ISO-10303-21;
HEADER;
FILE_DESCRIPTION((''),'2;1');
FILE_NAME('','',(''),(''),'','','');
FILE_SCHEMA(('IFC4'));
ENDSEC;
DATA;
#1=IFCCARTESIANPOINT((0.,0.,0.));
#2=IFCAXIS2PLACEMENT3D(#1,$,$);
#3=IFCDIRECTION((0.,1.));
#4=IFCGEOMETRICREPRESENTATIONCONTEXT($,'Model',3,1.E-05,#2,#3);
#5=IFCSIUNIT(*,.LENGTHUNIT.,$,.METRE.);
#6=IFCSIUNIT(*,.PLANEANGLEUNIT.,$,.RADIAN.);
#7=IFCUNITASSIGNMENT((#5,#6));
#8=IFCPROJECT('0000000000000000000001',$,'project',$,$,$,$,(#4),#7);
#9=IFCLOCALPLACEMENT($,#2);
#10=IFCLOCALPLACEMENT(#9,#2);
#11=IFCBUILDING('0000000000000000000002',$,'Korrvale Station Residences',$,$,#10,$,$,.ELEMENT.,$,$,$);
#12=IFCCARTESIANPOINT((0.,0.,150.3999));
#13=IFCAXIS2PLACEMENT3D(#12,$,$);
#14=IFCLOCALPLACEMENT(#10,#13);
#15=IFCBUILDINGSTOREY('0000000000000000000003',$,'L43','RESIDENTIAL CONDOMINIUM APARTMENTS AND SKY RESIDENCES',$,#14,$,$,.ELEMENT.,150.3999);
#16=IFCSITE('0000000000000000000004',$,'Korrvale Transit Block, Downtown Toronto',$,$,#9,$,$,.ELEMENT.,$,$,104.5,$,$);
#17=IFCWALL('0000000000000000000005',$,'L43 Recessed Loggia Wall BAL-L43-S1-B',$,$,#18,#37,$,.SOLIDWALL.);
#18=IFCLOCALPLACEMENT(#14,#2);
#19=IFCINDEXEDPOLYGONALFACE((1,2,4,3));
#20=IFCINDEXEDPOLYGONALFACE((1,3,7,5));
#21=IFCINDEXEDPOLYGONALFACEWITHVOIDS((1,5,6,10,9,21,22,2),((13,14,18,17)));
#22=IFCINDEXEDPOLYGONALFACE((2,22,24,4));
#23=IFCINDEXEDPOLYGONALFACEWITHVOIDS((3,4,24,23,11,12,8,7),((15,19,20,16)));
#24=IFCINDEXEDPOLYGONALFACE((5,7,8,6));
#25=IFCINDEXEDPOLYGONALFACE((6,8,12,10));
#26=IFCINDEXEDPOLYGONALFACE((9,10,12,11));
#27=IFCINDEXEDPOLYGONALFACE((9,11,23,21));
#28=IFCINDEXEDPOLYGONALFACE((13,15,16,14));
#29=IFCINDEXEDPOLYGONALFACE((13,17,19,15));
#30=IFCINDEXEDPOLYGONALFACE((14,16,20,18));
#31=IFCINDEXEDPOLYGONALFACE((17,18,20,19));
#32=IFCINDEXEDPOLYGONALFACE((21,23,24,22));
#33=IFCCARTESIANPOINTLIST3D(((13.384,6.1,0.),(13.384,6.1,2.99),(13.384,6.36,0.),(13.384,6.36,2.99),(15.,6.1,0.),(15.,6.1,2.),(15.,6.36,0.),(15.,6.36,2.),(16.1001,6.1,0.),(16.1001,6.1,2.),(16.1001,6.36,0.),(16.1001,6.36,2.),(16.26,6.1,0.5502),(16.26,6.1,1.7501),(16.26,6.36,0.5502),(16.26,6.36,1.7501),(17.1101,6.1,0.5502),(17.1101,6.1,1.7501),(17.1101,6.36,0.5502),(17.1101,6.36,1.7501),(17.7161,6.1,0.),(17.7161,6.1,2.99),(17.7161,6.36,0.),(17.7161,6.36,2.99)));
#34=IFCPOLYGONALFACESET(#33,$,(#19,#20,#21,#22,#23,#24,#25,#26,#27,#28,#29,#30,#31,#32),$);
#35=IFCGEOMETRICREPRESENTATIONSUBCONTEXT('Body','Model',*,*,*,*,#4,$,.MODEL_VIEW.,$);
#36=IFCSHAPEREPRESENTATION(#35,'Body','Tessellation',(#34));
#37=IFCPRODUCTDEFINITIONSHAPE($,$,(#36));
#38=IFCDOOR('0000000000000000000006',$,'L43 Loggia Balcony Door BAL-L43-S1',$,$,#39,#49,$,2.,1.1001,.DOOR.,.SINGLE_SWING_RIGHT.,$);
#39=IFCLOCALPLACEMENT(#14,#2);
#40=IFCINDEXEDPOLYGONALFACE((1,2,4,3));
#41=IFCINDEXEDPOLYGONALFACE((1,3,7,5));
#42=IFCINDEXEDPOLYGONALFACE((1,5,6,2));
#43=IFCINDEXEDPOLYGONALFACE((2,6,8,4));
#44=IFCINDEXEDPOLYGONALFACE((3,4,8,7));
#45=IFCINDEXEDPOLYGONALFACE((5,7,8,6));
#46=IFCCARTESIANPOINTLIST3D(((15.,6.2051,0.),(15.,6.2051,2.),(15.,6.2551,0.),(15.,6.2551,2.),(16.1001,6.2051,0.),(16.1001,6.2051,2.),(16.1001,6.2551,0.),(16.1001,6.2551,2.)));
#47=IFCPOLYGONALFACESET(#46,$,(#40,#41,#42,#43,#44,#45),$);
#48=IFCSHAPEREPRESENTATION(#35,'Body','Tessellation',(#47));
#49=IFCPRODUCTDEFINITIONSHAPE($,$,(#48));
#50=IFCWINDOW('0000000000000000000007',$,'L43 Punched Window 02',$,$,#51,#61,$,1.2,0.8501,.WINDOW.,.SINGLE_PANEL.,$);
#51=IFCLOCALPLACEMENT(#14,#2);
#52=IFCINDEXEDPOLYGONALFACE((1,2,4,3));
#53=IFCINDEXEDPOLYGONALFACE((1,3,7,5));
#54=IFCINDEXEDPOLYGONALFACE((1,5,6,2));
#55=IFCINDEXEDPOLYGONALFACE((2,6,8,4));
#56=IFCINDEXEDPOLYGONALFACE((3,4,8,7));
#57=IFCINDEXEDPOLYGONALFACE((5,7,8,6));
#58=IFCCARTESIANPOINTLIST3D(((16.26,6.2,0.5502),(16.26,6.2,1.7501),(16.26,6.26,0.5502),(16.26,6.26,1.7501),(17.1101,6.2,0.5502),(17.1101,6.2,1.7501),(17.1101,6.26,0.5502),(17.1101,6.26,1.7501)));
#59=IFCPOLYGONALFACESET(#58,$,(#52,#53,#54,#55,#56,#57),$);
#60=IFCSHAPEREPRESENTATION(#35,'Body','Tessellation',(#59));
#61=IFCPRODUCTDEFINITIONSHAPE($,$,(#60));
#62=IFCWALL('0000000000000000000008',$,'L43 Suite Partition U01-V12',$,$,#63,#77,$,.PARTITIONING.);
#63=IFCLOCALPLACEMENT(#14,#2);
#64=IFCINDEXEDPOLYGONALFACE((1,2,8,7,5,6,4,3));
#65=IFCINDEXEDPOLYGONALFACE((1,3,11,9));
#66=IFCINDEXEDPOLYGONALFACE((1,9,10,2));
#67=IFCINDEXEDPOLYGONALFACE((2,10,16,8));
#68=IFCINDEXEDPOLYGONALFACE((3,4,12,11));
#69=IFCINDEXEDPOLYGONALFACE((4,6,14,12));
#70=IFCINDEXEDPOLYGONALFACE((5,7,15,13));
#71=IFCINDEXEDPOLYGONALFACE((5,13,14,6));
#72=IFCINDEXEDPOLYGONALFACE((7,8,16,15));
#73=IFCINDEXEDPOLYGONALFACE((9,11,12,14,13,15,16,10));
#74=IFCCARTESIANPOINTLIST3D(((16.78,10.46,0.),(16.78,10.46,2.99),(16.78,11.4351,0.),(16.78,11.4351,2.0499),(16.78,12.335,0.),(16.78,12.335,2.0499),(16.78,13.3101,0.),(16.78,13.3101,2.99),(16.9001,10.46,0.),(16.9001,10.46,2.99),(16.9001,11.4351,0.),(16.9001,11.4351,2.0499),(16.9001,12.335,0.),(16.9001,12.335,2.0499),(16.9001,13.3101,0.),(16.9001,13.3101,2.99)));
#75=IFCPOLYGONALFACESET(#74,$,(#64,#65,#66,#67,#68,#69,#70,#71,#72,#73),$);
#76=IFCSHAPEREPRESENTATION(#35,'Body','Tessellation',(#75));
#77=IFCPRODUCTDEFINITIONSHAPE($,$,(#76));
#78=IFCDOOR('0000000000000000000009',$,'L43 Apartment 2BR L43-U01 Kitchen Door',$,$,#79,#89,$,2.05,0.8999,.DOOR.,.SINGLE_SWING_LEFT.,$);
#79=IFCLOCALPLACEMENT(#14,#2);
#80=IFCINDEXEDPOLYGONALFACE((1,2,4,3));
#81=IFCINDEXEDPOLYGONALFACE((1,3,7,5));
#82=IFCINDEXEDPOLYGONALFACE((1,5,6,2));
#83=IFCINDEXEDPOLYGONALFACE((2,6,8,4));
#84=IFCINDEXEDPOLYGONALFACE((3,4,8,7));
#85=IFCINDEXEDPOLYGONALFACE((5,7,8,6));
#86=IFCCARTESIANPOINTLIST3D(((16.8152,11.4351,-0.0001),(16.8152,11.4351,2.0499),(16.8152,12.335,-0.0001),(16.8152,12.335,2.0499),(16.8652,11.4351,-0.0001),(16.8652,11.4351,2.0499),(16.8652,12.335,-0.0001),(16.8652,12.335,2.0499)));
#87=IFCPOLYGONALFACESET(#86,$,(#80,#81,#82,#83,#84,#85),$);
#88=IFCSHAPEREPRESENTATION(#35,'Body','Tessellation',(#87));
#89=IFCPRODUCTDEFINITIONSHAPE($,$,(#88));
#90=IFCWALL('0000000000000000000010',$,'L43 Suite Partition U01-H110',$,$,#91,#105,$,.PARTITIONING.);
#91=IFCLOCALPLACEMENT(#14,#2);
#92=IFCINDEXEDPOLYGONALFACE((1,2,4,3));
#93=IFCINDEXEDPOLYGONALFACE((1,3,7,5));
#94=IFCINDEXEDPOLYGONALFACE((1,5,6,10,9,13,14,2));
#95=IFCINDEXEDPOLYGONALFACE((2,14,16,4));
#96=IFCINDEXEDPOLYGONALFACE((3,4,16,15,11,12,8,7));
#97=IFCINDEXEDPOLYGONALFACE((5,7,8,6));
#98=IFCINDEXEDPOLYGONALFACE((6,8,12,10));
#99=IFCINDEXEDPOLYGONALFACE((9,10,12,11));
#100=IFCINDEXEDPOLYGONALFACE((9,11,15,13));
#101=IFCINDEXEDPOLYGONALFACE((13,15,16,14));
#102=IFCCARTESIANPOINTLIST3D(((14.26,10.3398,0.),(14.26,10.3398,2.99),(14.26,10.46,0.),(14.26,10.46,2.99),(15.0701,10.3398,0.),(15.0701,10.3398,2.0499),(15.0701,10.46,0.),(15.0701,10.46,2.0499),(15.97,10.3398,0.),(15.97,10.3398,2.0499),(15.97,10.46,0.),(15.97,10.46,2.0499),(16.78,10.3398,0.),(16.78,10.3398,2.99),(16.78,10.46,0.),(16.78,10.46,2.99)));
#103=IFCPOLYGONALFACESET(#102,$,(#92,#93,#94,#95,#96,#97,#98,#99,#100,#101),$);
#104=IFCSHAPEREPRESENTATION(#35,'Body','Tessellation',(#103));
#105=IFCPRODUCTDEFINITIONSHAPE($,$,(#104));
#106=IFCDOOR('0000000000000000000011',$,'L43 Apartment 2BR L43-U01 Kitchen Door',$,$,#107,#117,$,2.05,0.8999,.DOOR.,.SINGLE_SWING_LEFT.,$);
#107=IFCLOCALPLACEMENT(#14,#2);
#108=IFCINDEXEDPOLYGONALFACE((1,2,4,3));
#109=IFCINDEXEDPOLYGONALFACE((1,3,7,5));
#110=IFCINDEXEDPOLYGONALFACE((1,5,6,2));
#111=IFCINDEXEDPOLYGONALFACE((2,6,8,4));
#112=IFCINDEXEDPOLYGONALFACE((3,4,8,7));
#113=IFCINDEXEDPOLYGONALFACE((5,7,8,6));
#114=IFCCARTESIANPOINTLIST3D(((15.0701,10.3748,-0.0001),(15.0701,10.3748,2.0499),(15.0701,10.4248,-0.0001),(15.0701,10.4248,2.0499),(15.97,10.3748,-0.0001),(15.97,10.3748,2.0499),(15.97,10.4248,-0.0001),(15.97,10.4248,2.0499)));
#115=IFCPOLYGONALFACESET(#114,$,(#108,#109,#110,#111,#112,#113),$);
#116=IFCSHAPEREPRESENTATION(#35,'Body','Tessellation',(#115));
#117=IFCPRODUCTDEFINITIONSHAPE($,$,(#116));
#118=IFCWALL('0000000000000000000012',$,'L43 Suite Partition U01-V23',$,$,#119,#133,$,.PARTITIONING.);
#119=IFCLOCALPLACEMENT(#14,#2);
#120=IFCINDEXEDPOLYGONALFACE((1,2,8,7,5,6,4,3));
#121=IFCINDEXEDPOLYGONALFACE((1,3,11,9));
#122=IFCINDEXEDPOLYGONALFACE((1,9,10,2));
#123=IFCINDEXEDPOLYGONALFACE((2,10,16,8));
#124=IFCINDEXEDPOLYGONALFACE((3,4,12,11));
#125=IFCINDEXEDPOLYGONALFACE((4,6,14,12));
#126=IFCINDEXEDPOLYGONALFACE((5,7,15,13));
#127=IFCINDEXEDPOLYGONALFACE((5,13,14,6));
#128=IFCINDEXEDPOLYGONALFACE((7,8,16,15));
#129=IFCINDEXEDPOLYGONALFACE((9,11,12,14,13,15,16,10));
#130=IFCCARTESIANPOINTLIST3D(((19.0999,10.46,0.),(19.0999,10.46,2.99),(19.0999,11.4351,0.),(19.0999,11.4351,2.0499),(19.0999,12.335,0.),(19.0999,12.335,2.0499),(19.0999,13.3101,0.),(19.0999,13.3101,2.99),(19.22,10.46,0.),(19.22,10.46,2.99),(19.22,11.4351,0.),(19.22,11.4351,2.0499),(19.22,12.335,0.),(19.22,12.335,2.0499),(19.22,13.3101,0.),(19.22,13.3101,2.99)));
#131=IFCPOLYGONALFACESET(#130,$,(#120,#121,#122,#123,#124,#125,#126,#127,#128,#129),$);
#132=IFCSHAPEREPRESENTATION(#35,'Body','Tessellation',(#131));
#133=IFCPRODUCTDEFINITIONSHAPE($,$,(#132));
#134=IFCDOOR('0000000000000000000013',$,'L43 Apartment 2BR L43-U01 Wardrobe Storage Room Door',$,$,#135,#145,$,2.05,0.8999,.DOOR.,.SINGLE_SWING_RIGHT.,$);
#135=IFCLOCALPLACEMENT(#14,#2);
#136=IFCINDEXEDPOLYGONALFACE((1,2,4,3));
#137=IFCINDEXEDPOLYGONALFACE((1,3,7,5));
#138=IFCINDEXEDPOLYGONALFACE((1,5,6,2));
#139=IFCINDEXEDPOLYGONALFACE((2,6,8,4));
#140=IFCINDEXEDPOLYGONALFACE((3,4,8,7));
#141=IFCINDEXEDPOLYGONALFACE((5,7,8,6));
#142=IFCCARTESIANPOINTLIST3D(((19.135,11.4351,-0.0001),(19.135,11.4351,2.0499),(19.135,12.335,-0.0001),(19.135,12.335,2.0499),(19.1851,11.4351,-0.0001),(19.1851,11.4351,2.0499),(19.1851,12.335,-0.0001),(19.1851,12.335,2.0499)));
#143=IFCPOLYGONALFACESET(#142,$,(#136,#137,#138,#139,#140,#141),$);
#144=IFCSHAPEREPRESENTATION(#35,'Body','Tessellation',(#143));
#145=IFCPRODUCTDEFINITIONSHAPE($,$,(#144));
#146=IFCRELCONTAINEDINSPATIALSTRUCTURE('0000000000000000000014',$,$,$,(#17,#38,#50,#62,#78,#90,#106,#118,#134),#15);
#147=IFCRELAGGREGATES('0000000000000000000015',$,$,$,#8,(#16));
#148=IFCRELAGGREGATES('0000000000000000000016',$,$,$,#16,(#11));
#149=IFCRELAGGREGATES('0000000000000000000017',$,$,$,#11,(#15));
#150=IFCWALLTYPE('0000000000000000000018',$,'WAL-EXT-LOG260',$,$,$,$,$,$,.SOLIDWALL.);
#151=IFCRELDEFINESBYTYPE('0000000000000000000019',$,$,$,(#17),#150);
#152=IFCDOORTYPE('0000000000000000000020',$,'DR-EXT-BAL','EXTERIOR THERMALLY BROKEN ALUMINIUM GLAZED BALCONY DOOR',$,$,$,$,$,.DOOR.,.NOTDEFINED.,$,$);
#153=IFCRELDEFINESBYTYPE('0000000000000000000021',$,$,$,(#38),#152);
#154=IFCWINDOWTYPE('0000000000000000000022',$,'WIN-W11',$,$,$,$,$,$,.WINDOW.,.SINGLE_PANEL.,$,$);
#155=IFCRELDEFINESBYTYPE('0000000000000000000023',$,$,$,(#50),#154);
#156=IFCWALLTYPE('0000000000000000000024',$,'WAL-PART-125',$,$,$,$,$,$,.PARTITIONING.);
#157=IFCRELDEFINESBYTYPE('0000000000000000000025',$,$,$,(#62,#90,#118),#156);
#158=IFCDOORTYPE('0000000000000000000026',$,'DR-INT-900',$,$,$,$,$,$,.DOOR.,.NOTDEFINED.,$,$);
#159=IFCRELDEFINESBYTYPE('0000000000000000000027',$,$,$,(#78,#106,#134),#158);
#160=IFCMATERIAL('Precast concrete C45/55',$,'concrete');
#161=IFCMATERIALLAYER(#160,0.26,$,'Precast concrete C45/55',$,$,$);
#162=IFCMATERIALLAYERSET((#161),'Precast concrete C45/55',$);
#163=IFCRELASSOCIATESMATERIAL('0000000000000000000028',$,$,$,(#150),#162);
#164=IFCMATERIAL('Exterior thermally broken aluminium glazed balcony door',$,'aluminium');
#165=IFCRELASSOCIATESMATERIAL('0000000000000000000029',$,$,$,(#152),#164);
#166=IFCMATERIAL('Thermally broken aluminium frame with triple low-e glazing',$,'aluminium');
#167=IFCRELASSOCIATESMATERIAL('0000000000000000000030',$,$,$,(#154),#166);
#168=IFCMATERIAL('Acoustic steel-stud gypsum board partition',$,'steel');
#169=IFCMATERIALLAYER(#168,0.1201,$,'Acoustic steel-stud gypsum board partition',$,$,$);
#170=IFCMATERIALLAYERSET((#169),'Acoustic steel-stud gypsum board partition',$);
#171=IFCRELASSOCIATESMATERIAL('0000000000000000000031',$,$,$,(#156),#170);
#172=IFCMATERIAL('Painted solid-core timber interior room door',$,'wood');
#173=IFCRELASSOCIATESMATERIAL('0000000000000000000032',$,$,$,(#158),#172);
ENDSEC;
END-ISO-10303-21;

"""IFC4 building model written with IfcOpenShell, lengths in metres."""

from ifc_helpers import new_model, si_unit, direction, frame, frame_2d, origin, place, context, subcontext, project, spatial, rectangle, extrude, material, layer, layer_set, type_object, element, fill, save


model = new_model("IFC4")

# Units and contexts
model_context = context("Model", 3, precision=1e-05, world=origin(), true_north=direction((0.0, 1.0)))
body_context = subcontext(model_context, "Body", "Model", "MODEL_VIEW")
ifc_project = project(units=[si_unit("LENGTHUNIT", "METRE"), si_unit("PLANEANGLEUNIT", "RADIAN")], contexts=[model_context])

# Site, building, storey
site_placement = place(None, origin())
site = spatial("IfcSite", under=ifc_project, at=site_placement, Name="Korrvale Transit Block, Downtown Toronto", CompositionType="ELEMENT", RefElevation=104.5)
building_placement = place(site_placement, origin())
building = spatial("IfcBuilding", under=site, at=building_placement, Name="Korrvale Station Residences", CompositionType="ELEMENT")
storey_placement = place(building_placement, frame((0.0, 0.0, 150.3999)))
storey = spatial("IfcBuildingStorey", under=building, at=storey_placement, Name="L43", Description="RESIDENTIAL CONDOMINIUM APARTMENTS AND SKY RESIDENCES", CompositionType="ELEMENT", Elevation=150.3999)

# Shared definitions
ifc_material_1 = material(Name="Precast concrete C45/55", Category="concrete")
ifc_layer_1 = layer(ifc_material_1, 0.26, Name="Precast concrete C45/55")
ifc_layer_set_1 = layer_set([ifc_layer_1], Name="Precast concrete C45/55")
wall_type_1 = type_object("IfcWallType", Name="WAL-EXT-LOG260", PredefinedType="SOLIDWALL", material=ifc_layer_set_1)

# Wall, openings, door, window
wall_1_placement = place(storey_placement, frame((17.7161, 6.23, 0.0), z_axis=(0.0, 0.0, 1.0), x_axis=(-1.0, 0.0, 0.0)))
wall_1 = element("IfcWall", 1, at=wall_1_placement, inside=storey, type_object=wall_type_1, Name="L43 Recessed Loggia Wall BAL-L43-S1-B", PredefinedType="SOLIDWALL", context=body_context, shape_type="SweptSolid", body=[
    extrude(rectangle(XDim=4.332, YDim=0.26, at=frame_2d((2.166, 0.0))), origin(), (0.0, 0.0, 1.0), 2.99),
])
opening_1_placement = place(wall_1_placement, frame((1.616, 0.0, 0.0)))
opening_1 = element("IfcOpeningElement", 2, at=opening_1_placement, cuts=wall_1, PredefinedType="OPENING", context=body_context, shape_type="SweptSolid", body=[
    extrude(rectangle(XDim=1.1001, YDim=2.0, at=frame_2d((0.55, 1.0))), frame((0.0, 0.1401, 0.0), z_axis=(0.0, -1.0, 0.0), x_axis=(1.0, 0.0, 0.0)), (0.0, 0.0, 1.0), 0.28),
])
opening_2_placement = place(wall_1_placement, frame((0.606, 0.0, 0.55)))
opening_2 = element("IfcOpeningElement", 3, at=opening_2_placement, cuts=wall_1, PredefinedType="OPENING", context=body_context, shape_type="SweptSolid", body=[
    extrude(rectangle(XDim=0.8501, YDim=1.2, at=frame_2d((0.425, 0.6001))), frame((0.0, 0.1401, 0.0), z_axis=(0.0, -1.0, 0.0), x_axis=(1.0, 0.0, 0.0)), (0.0, 0.0, 1.0), 0.28),
])
ifc_material_2 = material(Name="Exterior thermally broken aluminium glazed balcony door", Category="aluminium")
door_type_1 = type_object("IfcDoorType", Name="DR-EXT-BAL", Description="EXTERIOR THERMALLY BROKEN ALUMINIUM GLAZED BALCONY DOOR", OperationType="NOTDEFINED", PredefinedType="DOOR", material=ifc_material_2)
door_1_placement = place(opening_1_placement, origin())
door_1 = element("IfcDoor", 4, at=door_1_placement, inside=storey, type_object=door_type_1, Name="L43 Loggia Balcony Door BAL-L43-S1", OperationType="SINGLE_SWING_RIGHT", OverallHeight=2.0, OverallWidth=1.1001, PredefinedType="DOOR", context=body_context, shape_type="SweptSolid", body=[
    extrude(rectangle(XDim=1.1001, YDim=2.0, at=frame_2d((0.55, 1.0))), frame((0.0, 0.0249, 0.0), z_axis=(0.0, -1.0, 0.0), x_axis=(1.0, 0.0, 0.0)), (0.0, 0.0, 1.0), 0.05),
])
fill(opening_1, door_1)
ifc_material_3 = material(Name="Thermally broken aluminium frame with triple low-e glazing", Category="aluminium")
window_type = type_object("IfcWindowType", Name="WIN-W11", PartitioningType="SINGLE_PANEL", PredefinedType="WINDOW", material=ifc_material_3)
window_placement = place(opening_2_placement, origin())
window = element("IfcWindow", 5, at=window_placement, inside=storey, type_object=window_type, Name="L43 Punched Window 02", OverallHeight=1.2, OverallWidth=0.8501, PartitioningType="SINGLE_PANEL", PredefinedType="WINDOW", context=body_context, shape_type="SweptSolid", body=[
    extrude(rectangle(XDim=0.8501, YDim=1.2, at=frame_2d((0.425, 0.6001))), frame((0.0, 0.03, 0.0), z_axis=(0.0, -1.0, 0.0), x_axis=(1.0, 0.0, 0.0)), (0.0, 0.0, 1.0), 0.0601),
])
fill(opening_2, window)

# Walls, openings, doors
ifc_material_4 = material(Name="Acoustic steel-stud gypsum board partition", Category="steel")
ifc_layer_2 = layer(ifc_material_4, 0.1201, Name="Acoustic steel-stud gypsum board partition")
ifc_layer_set_2 = layer_set([ifc_layer_2], Name="Acoustic steel-stud gypsum board partition")
wall_type_2 = type_object("IfcWallType", Name="WAL-PART-125", PredefinedType="PARTITIONING", material=ifc_layer_set_2)
wall_2_placement = place(storey_placement, frame((16.8401, 10.46, 0.0), z_axis=(0.0, 0.0, 1.0), x_axis=(0.0, 1.0, 0.0)))
wall_2 = element("IfcWall", 6, at=wall_2_placement, inside=storey, type_object=wall_type_2, Name="L43 Suite Partition U01-V12", PredefinedType="PARTITIONING", context=body_context, shape_type="SweptSolid", body=[
    extrude(rectangle(XDim=2.8501, YDim=0.1201, at=frame_2d((1.425, 0.0))), origin(), (0.0, 0.0, 1.0), 2.99),
])
opening_3_placement = place(wall_2_placement, frame((0.9751, 0.0, 0.0)))
opening_3 = element("IfcOpeningElement", 7, at=opening_3_placement, cuts=wall_2, PredefinedType="OPENING", context=body_context, shape_type="SweptSolid", body=[
    extrude(rectangle(XDim=0.8999, YDim=2.05, at=frame_2d((0.45, 1.0249))), frame((0.0, 0.0701, 0.0), z_axis=(0.0, -1.0, 0.0), x_axis=(1.0, 0.0, 0.0)), (0.0, 0.0, 1.0), 0.1401),
])
ifc_material_5 = material(Name="Painted solid-core timber interior room door", Category="wood")
door_type_2 = type_object("IfcDoorType", Name="DR-INT-900", OperationType="NOTDEFINED", PredefinedType="DOOR", material=ifc_material_5)
door_2_placement = place(opening_3_placement, origin())
door_2 = element("IfcDoor", 8, at=door_2_placement, inside=storey, type_object=door_type_2, Name="L43 Apartment 2BR L43-U01 Kitchen Door", OperationType="SINGLE_SWING_LEFT", OverallHeight=2.05, OverallWidth=0.8999, PredefinedType="DOOR", context=body_context, shape_type="SweptSolid", body=[
    extrude(rectangle(XDim=0.8999, YDim=2.05, at=frame_2d((0.45, 1.0249))), frame((0.0, 0.0249, 0.0), z_axis=(0.0, -1.0, 0.0), x_axis=(1.0, 0.0, 0.0)), (0.0, 0.0, 1.0), 0.05),
])
fill(opening_3, door_2)
wall_3_placement = place(storey_placement, frame((14.26, 10.3999, 0.0), z_axis=(0.0, 0.0, 1.0), x_axis=(1.0, 0.0, 0.0)))
wall_3 = element("IfcWall", 9, at=wall_3_placement, inside=storey, type_object=wall_type_2, Name="L43 Suite Partition U01-H110", PredefinedType="PARTITIONING", context=body_context, shape_type="SweptSolid", body=[
    extrude(rectangle(XDim=2.52, YDim=0.1201, at=frame_2d((1.26, 0.0))), origin(), (0.0, 0.0, 1.0), 2.99),
])
opening_4_placement = place(wall_3_placement, frame((0.8101, 0.0, 0.0)))
opening_4 = element("IfcOpeningElement", 10, at=opening_4_placement, cuts=wall_3, PredefinedType="OPENING", context=body_context, shape_type="SweptSolid", body=[
    extrude(rectangle(XDim=0.8999, YDim=2.05, at=frame_2d((0.45, 1.0249))), frame((0.0, 0.0701, 0.0), z_axis=(0.0, -1.0, 0.0), x_axis=(1.0, 0.0, 0.0)), (0.0, 0.0, 1.0), 0.1401),
])
door_3_placement = place(opening_4_placement, origin())
door_3 = element("IfcDoor", 11, at=door_3_placement, inside=storey, type_object=door_type_2, Name="L43 Apartment 2BR L43-U01 Kitchen Door", OperationType="SINGLE_SWING_LEFT", OverallHeight=2.05, OverallWidth=0.8999, PredefinedType="DOOR", context=body_context, shape_type="SweptSolid", body=[
    extrude(rectangle(XDim=0.8999, YDim=2.05, at=frame_2d((0.45, 1.0249))), frame((0.0, 0.0249, 0.0), z_axis=(0.0, -1.0, 0.0), x_axis=(1.0, 0.0, 0.0)), (0.0, 0.0, 1.0), 0.05),
])
fill(opening_4, door_3)
wall_4_placement = place(storey_placement, frame((19.1599, 10.46, 0.0), z_axis=(0.0, 0.0, 1.0), x_axis=(0.0, 1.0, 0.0)))
wall_4 = element("IfcWall", 12, at=wall_4_placement, inside=storey, type_object=wall_type_2, Name="L43 Suite Partition U01-V23", PredefinedType="PARTITIONING", context=body_context, shape_type="SweptSolid", body=[
    extrude(rectangle(XDim=2.8501, YDim=0.1201, at=frame_2d((1.425, 0.0))), origin(), (0.0, 0.0, 1.0), 2.99),
])
opening_5_placement = place(wall_4_placement, frame((0.9751, 0.0, 0.0)))
opening_5 = element("IfcOpeningElement", 13, at=opening_5_placement, cuts=wall_4, PredefinedType="OPENING", context=body_context, shape_type="SweptSolid", body=[
    extrude(rectangle(XDim=0.8999, YDim=2.05, at=frame_2d((0.45, 1.0249))), frame((0.0, 0.0701, 0.0), z_axis=(0.0, -1.0, 0.0), x_axis=(1.0, 0.0, 0.0)), (0.0, 0.0, 1.0), 0.1401),
])
door_4_placement = place(opening_5_placement, origin())
door_4 = element("IfcDoor", 14, at=door_4_placement, inside=storey, type_object=door_type_2, Name="L43 Apartment 2BR L43-U01 Wardrobe Storage Room Door", OperationType="SINGLE_SWING_RIGHT", OverallHeight=2.05, OverallWidth=0.8999, PredefinedType="DOOR", context=body_context, shape_type="SweptSolid", body=[
    extrude(rectangle(XDim=0.8999, YDim=2.05, at=frame_2d((0.45, 1.0249))), frame((0.0, 0.0249, 0.0), z_axis=(0.0, -1.0, 0.0), x_axis=(1.0, 0.0, 0.0)), (0.0, 0.0, 1.0), 0.05),
])
fill(opening_5, door_4)

save(model, "model.ifc")
